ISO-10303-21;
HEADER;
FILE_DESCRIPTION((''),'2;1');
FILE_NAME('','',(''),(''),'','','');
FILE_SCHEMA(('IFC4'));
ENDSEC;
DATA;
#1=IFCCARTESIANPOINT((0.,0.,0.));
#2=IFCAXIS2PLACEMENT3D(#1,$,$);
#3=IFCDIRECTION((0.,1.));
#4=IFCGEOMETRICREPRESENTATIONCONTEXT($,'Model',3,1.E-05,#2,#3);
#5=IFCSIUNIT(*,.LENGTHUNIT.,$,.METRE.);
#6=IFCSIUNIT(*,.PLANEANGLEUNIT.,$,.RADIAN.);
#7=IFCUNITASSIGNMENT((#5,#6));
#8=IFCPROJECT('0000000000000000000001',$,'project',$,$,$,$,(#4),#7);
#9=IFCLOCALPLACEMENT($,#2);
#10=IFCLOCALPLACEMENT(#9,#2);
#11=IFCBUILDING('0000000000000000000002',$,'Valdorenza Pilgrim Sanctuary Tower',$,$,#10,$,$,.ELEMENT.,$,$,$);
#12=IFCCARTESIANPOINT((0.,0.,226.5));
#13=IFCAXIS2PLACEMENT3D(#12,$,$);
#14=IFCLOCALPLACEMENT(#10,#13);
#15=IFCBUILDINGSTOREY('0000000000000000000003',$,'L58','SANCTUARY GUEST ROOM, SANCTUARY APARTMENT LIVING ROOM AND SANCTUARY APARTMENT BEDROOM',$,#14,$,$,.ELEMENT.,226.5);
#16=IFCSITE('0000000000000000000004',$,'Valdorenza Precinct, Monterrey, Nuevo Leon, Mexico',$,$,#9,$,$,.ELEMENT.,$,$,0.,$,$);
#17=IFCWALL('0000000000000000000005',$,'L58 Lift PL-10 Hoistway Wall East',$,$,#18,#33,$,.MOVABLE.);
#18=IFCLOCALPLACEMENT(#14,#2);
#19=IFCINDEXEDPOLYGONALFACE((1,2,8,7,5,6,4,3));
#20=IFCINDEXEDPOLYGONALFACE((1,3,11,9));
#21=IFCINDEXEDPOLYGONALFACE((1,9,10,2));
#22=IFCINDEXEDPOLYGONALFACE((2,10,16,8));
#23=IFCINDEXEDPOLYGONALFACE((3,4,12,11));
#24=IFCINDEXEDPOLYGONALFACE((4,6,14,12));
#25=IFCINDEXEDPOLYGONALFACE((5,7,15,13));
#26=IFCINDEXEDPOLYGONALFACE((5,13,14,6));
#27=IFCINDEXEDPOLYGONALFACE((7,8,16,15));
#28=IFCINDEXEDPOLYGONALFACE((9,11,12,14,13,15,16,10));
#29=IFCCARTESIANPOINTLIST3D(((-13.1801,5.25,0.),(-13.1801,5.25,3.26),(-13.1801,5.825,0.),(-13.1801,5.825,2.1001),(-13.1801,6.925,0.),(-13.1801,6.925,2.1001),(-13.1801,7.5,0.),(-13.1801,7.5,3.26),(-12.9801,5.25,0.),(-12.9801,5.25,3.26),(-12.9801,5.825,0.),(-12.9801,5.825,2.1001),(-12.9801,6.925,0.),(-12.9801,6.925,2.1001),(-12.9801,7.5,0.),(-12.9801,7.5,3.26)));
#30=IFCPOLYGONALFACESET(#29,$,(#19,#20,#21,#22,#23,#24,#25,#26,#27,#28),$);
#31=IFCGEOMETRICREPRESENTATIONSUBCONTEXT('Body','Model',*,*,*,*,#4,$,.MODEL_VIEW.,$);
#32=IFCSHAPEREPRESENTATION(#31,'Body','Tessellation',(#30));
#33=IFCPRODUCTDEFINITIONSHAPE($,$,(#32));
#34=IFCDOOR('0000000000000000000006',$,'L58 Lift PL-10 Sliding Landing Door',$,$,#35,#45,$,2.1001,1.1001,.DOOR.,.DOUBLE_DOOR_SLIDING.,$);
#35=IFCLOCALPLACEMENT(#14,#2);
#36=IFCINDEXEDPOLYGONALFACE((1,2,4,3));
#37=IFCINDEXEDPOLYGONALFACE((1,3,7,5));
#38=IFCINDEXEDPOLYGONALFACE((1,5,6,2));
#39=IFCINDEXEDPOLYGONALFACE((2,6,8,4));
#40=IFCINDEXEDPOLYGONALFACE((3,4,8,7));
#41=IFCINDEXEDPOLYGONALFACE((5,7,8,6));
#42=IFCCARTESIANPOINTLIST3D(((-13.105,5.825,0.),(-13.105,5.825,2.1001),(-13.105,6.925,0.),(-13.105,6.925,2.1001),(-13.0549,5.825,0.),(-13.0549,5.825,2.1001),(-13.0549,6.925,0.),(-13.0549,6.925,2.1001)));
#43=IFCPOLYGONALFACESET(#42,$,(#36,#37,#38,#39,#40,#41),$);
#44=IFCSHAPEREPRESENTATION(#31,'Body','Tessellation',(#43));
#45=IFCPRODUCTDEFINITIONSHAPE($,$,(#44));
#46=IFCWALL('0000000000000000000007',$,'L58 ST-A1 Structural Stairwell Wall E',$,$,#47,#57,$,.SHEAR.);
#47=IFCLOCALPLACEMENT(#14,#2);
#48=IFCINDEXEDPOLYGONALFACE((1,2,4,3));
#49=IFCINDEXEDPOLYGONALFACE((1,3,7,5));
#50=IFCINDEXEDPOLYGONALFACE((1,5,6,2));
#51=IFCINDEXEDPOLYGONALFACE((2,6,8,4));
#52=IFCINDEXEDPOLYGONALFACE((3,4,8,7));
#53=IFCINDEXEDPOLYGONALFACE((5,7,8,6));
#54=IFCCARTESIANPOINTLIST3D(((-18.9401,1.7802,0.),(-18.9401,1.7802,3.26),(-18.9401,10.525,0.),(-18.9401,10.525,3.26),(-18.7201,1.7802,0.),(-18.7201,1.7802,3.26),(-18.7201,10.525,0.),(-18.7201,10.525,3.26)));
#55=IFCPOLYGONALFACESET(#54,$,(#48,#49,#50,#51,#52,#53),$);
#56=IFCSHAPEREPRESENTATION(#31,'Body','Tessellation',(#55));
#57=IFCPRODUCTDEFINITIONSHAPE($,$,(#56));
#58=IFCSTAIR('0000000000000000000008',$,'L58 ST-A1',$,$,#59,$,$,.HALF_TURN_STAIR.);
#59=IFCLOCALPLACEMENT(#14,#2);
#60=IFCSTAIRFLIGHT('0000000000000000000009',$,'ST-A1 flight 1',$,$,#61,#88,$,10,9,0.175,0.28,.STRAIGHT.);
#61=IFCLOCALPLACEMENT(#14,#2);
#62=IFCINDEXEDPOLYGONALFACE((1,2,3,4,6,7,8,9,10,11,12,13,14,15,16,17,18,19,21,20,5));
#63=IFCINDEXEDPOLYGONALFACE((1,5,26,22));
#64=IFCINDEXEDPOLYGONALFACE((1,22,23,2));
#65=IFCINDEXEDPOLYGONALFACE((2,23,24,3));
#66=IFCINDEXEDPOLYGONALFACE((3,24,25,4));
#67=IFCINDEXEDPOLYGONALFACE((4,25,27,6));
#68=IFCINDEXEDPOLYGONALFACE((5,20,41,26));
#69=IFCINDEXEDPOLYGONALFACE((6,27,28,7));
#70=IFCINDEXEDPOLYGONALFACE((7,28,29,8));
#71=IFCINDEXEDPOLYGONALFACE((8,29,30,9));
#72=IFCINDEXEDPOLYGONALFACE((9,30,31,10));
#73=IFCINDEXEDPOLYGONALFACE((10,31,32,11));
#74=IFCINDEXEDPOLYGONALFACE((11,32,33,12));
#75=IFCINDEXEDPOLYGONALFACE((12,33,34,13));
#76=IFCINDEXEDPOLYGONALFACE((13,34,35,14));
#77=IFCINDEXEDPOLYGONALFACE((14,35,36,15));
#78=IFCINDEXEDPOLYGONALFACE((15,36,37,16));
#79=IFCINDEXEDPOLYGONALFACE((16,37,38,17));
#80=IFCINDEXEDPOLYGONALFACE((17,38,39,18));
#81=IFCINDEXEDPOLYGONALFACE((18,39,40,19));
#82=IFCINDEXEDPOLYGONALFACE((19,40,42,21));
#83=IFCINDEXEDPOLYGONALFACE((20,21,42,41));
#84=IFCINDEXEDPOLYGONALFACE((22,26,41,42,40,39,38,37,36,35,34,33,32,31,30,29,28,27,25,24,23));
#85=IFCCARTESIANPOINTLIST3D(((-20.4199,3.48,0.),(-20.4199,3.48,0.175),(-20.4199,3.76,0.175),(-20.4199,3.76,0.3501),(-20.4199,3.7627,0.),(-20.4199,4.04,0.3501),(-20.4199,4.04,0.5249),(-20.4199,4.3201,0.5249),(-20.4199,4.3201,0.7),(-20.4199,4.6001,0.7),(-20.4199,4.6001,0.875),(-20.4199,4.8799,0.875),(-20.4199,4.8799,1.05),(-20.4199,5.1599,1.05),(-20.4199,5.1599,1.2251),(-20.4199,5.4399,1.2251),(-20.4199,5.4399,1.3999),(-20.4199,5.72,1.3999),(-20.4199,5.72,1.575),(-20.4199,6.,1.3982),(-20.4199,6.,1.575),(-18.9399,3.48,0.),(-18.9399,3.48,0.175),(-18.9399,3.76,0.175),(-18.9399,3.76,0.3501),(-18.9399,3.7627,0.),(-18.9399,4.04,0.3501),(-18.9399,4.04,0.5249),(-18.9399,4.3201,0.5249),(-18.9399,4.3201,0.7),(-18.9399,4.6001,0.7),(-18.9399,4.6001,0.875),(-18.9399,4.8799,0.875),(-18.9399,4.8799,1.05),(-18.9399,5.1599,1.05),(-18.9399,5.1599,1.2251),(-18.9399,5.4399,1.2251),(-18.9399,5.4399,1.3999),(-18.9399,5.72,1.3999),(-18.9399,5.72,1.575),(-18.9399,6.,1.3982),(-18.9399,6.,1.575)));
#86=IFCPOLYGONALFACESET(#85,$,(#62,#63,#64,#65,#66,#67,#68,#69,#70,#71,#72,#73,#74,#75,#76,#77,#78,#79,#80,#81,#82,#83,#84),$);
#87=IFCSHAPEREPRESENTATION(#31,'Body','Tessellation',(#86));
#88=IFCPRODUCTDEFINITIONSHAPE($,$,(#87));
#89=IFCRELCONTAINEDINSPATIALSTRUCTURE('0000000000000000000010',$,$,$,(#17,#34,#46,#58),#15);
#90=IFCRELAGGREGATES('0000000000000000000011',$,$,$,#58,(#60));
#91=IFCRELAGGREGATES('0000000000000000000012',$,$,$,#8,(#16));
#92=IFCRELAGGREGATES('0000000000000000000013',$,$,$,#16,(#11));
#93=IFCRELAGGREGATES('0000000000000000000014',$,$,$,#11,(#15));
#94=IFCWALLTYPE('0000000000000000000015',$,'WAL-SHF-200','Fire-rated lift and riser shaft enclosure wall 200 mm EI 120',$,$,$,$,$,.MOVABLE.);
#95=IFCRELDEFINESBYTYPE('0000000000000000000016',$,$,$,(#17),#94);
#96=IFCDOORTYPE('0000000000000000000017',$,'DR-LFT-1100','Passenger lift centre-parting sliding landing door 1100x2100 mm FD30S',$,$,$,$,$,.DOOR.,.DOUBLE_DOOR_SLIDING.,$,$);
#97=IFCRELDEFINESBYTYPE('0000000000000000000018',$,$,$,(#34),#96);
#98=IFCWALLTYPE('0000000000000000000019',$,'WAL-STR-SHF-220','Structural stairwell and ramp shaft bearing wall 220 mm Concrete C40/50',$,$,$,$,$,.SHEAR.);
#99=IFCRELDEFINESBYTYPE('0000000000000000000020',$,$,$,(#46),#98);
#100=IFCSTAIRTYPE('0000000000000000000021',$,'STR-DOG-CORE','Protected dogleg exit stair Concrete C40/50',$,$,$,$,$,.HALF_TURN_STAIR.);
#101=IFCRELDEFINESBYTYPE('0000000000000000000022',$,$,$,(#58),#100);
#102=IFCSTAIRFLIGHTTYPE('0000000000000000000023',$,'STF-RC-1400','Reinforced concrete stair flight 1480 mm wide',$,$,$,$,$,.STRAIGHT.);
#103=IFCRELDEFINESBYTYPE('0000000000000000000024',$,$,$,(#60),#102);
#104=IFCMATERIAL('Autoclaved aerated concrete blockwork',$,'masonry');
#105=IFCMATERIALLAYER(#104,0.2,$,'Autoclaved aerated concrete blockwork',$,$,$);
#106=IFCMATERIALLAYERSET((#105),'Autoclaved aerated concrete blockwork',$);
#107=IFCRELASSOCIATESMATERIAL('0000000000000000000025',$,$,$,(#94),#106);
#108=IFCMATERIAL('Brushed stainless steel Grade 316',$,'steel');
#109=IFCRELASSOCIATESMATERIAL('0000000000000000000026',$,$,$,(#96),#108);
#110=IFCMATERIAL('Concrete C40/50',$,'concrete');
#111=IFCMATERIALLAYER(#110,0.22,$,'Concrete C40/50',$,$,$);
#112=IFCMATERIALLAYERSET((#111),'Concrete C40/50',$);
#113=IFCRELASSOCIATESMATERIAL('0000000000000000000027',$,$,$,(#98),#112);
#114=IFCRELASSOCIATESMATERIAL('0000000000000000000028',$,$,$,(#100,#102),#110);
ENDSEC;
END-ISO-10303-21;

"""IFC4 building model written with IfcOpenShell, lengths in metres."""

from ifc_helpers import new_model, si_unit, direction, frame, frame_2d, origin, place, context, subcontext, project, spatial, polyline, rectangle, outline, extrude, material, layer, layer_set, type_object, element, fill, aggregate, save


model = new_model("IFC4")

# Units and contexts
model_context = context("Model", 3, precision=1e-05, world=origin(), true_north=direction((0.0, 1.0)))
body_context = subcontext(model_context, "Body", "Model", "MODEL_VIEW")
ifc_project = project(units=[si_unit("LENGTHUNIT", "METRE"), si_unit("PLANEANGLEUNIT", "RADIAN")], contexts=[model_context])

# Site, building, storey
site_placement = place(None, origin())
site = spatial("IfcSite", under=ifc_project, at=site_placement, Name="Valdorenza Precinct, Monterrey, Nuevo Leon, Mexico", CompositionType="ELEMENT", RefElevation=0.0)
building_placement = place(site_placement, origin())
building = spatial("IfcBuilding", under=site, at=building_placement, Name="Valdorenza Pilgrim Sanctuary Tower", CompositionType="ELEMENT")
storey_placement = place(building_placement, frame((0.0, 0.0, 226.5)))
storey = spatial("IfcBuildingStorey", under=building, at=storey_placement, Name="L58", Description="SANCTUARY GUEST ROOM, SANCTUARY APARTMENT LIVING ROOM AND SANCTUARY APARTMENT BEDROOM", CompositionType="ELEMENT", Elevation=226.5)

# Shared definitions
ifc_material_1 = material(Name="Autoclaved aerated concrete blockwork", Category="masonry")
ifc_layer_1 = layer(ifc_material_1, 0.2, Name="Autoclaved aerated concrete blockwork")
ifc_layer_set_1 = layer_set([ifc_layer_1], Name="Autoclaved aerated concrete blockwork")
wall_type_1 = type_object("IfcWallType", Name="WAL-SHF-200", Description="Fire-rated lift and riser shaft enclosure wall 200 mm EI 120", PredefinedType="MOVABLE", material=ifc_layer_set_1)

# Shared definitions
ifc_material_2 = material(Name="Brushed stainless steel Grade 316", Category="steel")
door_type_1 = type_object("IfcDoorType", Name="DR-LFT-1100", Description="Passenger lift centre-parting sliding landing door 1100x2100 mm FD30S", OperationType="DOUBLE_DOOR_SLIDING", PredefinedType="DOOR", material=ifc_material_2)

# Wall, opening, door
wall_1_placement = place(storey_placement, frame((-13.0801, 5.25, 0.0), z_axis=(0.0, 0.0, 1.0), x_axis=(0.0, 1.0, 0.0)))
wall_1 = element("IfcWall", 1, at=wall_1_placement, inside=storey, type_object=wall_type_1, Name="L58 Lift PL-10 Hoistway Wall East", PredefinedType="MOVABLE", context=body_context, shape_type="SweptSolid", body=[
    extrude(rectangle(XDim=2.25, YDim=0.2, at=frame_2d((1.125, 0.0))), origin(), (0.0, 0.0, 1.0), 3.26),
])
opening_1_placement = place(wall_1_placement, frame((0.575, 0.0, 0.0)))
opening_1 = element("IfcOpeningElement", 2, at=opening_1_placement, cuts=wall_1, PredefinedType="OPENING", context=body_context, shape_type="SweptSolid", body=[
    extrude(rectangle(XDim=1.1001, YDim=2.1001, at=frame_2d((0.55, 1.05))), frame((0.0, 0.1147, 0.0), z_axis=(0.0, -1.0, 0.0), x_axis=(1.0, 0.0, 0.0)), (0.0, 0.0, 1.0), 0.2297),
])
door_1_placement = place(opening_1_placement, origin())
door_1 = element("IfcDoor", 3, at=door_1_placement, inside=storey, type_object=door_type_1, Name="L58 Lift PL-10 Sliding Landing Door", OperationType="DOUBLE_DOOR_SLIDING", OverallHeight=2.1001, OverallWidth=1.1001, PredefinedType="DOOR", context=body_context, shape_type="SweptSolid", body=[
    extrude(rectangle(XDim=1.1001, YDim=2.1001, at=frame_2d((0.55, 1.05))), frame((0.0, 0.0249, 0.0), z_axis=(0.0, -1.0, 0.0), x_axis=(1.0, 0.0, 0.0)), (0.0, 0.0, 1.0), 0.05),
])
fill(opening_1, door_1)

# Wall
ifc_material_3 = material(Name="Concrete C40/50", Category="concrete")
ifc_layer_2 = layer(ifc_material_3, 0.22, Name="Concrete C40/50")
ifc_layer_set_2 = layer_set([ifc_layer_2], Name="Concrete C40/50")
wall_type_2 = type_object("IfcWallType", Name="WAL-STR-SHF-220", Description="Structural stairwell and ramp shaft bearing wall 220 mm Concrete C40/50", PredefinedType="SHEAR", material=ifc_layer_set_2)
wall_2_placement = place(storey_placement, frame((-18.8301, 1.78, 0.0), z_axis=(0.0, 0.0, 1.0), x_axis=(0.0, 1.0, 0.0)))
element("IfcWall", 4, at=wall_2_placement, inside=storey, type_object=wall_type_2, Name="L58 ST-A1 Structural Stairwell Wall E", PredefinedType="SHEAR", context=body_context, shape_type="SweptSolid", body=[
    extrude(rectangle(XDim=8.7449, YDim=0.22, at=frame_2d((4.3726, 0.0))), origin(), (0.0, 0.0, 1.0), 3.26),
])

# Stair, stair flight
stair_type = type_object("IfcStairType", Name="STR-DOG-CORE", Description="Protected dogleg exit stair Concrete C40/50", PredefinedType="HALF_TURN_STAIR", material=ifc_material_3)
stair_placement = place(storey_placement, origin())
stair = element("IfcStair", 5, at=stair_placement, inside=storey, type_object=stair_type, Name="L58 ST-A1", PredefinedType="HALF_TURN_STAIR")
stair_flight_type = type_object("IfcStairFlightType", Name="STF-RC-1400", Description="Reinforced concrete stair flight 1480 mm wide", PredefinedType="STRAIGHT", material=ifc_material_3)
stair_flight_placement = place(storey_placement, frame((-19.6799, 3.48, 0.0), z_axis=(0.0, 0.0, 1.0), x_axis=(0.0, 1.0, 0.0)))
stair_flight = element("IfcStairFlight", 6, at=stair_flight_placement, type_object=stair_flight_type, Name="ST-A1 flight 1", NumberOfRisers=10, NumberOfTreads=9, PredefinedType="STRAIGHT", RiserHeight=0.175, TreadLength=0.28, context=body_context, shape_type="SweptSolid", body=[
    extrude(outline(polyline([(0.0, 0.0), (0.0, 0.175), (0.28, 0.175), (0.28, 0.3501), (0.5601, 0.3501), (0.5601, 0.5249), (0.8401, 0.5249), (0.8401, 0.7), (1.1201, 0.7), (1.1201, 0.875), (1.3999, 0.875), (1.3999, 1.05), (1.6799, 1.05), (1.6799, 1.2251), (1.96, 1.2251), (1.96, 1.3999), (2.24, 1.3999), (2.24, 1.575), (2.52, 1.575), (2.52, 1.75), (2.52, 1.3982), (0.2827, 0.0), (0.0, 0.0)])), frame((0.0, 0.74, 0.0), z_axis=(0.0, -1.0, 0.0), x_axis=(1.0, 0.0, 0.0)), (0.0, 0.0, 1.0), 1.48),
])
aggregate(stair, [stair_flight])

save(model, "model.ifc")
